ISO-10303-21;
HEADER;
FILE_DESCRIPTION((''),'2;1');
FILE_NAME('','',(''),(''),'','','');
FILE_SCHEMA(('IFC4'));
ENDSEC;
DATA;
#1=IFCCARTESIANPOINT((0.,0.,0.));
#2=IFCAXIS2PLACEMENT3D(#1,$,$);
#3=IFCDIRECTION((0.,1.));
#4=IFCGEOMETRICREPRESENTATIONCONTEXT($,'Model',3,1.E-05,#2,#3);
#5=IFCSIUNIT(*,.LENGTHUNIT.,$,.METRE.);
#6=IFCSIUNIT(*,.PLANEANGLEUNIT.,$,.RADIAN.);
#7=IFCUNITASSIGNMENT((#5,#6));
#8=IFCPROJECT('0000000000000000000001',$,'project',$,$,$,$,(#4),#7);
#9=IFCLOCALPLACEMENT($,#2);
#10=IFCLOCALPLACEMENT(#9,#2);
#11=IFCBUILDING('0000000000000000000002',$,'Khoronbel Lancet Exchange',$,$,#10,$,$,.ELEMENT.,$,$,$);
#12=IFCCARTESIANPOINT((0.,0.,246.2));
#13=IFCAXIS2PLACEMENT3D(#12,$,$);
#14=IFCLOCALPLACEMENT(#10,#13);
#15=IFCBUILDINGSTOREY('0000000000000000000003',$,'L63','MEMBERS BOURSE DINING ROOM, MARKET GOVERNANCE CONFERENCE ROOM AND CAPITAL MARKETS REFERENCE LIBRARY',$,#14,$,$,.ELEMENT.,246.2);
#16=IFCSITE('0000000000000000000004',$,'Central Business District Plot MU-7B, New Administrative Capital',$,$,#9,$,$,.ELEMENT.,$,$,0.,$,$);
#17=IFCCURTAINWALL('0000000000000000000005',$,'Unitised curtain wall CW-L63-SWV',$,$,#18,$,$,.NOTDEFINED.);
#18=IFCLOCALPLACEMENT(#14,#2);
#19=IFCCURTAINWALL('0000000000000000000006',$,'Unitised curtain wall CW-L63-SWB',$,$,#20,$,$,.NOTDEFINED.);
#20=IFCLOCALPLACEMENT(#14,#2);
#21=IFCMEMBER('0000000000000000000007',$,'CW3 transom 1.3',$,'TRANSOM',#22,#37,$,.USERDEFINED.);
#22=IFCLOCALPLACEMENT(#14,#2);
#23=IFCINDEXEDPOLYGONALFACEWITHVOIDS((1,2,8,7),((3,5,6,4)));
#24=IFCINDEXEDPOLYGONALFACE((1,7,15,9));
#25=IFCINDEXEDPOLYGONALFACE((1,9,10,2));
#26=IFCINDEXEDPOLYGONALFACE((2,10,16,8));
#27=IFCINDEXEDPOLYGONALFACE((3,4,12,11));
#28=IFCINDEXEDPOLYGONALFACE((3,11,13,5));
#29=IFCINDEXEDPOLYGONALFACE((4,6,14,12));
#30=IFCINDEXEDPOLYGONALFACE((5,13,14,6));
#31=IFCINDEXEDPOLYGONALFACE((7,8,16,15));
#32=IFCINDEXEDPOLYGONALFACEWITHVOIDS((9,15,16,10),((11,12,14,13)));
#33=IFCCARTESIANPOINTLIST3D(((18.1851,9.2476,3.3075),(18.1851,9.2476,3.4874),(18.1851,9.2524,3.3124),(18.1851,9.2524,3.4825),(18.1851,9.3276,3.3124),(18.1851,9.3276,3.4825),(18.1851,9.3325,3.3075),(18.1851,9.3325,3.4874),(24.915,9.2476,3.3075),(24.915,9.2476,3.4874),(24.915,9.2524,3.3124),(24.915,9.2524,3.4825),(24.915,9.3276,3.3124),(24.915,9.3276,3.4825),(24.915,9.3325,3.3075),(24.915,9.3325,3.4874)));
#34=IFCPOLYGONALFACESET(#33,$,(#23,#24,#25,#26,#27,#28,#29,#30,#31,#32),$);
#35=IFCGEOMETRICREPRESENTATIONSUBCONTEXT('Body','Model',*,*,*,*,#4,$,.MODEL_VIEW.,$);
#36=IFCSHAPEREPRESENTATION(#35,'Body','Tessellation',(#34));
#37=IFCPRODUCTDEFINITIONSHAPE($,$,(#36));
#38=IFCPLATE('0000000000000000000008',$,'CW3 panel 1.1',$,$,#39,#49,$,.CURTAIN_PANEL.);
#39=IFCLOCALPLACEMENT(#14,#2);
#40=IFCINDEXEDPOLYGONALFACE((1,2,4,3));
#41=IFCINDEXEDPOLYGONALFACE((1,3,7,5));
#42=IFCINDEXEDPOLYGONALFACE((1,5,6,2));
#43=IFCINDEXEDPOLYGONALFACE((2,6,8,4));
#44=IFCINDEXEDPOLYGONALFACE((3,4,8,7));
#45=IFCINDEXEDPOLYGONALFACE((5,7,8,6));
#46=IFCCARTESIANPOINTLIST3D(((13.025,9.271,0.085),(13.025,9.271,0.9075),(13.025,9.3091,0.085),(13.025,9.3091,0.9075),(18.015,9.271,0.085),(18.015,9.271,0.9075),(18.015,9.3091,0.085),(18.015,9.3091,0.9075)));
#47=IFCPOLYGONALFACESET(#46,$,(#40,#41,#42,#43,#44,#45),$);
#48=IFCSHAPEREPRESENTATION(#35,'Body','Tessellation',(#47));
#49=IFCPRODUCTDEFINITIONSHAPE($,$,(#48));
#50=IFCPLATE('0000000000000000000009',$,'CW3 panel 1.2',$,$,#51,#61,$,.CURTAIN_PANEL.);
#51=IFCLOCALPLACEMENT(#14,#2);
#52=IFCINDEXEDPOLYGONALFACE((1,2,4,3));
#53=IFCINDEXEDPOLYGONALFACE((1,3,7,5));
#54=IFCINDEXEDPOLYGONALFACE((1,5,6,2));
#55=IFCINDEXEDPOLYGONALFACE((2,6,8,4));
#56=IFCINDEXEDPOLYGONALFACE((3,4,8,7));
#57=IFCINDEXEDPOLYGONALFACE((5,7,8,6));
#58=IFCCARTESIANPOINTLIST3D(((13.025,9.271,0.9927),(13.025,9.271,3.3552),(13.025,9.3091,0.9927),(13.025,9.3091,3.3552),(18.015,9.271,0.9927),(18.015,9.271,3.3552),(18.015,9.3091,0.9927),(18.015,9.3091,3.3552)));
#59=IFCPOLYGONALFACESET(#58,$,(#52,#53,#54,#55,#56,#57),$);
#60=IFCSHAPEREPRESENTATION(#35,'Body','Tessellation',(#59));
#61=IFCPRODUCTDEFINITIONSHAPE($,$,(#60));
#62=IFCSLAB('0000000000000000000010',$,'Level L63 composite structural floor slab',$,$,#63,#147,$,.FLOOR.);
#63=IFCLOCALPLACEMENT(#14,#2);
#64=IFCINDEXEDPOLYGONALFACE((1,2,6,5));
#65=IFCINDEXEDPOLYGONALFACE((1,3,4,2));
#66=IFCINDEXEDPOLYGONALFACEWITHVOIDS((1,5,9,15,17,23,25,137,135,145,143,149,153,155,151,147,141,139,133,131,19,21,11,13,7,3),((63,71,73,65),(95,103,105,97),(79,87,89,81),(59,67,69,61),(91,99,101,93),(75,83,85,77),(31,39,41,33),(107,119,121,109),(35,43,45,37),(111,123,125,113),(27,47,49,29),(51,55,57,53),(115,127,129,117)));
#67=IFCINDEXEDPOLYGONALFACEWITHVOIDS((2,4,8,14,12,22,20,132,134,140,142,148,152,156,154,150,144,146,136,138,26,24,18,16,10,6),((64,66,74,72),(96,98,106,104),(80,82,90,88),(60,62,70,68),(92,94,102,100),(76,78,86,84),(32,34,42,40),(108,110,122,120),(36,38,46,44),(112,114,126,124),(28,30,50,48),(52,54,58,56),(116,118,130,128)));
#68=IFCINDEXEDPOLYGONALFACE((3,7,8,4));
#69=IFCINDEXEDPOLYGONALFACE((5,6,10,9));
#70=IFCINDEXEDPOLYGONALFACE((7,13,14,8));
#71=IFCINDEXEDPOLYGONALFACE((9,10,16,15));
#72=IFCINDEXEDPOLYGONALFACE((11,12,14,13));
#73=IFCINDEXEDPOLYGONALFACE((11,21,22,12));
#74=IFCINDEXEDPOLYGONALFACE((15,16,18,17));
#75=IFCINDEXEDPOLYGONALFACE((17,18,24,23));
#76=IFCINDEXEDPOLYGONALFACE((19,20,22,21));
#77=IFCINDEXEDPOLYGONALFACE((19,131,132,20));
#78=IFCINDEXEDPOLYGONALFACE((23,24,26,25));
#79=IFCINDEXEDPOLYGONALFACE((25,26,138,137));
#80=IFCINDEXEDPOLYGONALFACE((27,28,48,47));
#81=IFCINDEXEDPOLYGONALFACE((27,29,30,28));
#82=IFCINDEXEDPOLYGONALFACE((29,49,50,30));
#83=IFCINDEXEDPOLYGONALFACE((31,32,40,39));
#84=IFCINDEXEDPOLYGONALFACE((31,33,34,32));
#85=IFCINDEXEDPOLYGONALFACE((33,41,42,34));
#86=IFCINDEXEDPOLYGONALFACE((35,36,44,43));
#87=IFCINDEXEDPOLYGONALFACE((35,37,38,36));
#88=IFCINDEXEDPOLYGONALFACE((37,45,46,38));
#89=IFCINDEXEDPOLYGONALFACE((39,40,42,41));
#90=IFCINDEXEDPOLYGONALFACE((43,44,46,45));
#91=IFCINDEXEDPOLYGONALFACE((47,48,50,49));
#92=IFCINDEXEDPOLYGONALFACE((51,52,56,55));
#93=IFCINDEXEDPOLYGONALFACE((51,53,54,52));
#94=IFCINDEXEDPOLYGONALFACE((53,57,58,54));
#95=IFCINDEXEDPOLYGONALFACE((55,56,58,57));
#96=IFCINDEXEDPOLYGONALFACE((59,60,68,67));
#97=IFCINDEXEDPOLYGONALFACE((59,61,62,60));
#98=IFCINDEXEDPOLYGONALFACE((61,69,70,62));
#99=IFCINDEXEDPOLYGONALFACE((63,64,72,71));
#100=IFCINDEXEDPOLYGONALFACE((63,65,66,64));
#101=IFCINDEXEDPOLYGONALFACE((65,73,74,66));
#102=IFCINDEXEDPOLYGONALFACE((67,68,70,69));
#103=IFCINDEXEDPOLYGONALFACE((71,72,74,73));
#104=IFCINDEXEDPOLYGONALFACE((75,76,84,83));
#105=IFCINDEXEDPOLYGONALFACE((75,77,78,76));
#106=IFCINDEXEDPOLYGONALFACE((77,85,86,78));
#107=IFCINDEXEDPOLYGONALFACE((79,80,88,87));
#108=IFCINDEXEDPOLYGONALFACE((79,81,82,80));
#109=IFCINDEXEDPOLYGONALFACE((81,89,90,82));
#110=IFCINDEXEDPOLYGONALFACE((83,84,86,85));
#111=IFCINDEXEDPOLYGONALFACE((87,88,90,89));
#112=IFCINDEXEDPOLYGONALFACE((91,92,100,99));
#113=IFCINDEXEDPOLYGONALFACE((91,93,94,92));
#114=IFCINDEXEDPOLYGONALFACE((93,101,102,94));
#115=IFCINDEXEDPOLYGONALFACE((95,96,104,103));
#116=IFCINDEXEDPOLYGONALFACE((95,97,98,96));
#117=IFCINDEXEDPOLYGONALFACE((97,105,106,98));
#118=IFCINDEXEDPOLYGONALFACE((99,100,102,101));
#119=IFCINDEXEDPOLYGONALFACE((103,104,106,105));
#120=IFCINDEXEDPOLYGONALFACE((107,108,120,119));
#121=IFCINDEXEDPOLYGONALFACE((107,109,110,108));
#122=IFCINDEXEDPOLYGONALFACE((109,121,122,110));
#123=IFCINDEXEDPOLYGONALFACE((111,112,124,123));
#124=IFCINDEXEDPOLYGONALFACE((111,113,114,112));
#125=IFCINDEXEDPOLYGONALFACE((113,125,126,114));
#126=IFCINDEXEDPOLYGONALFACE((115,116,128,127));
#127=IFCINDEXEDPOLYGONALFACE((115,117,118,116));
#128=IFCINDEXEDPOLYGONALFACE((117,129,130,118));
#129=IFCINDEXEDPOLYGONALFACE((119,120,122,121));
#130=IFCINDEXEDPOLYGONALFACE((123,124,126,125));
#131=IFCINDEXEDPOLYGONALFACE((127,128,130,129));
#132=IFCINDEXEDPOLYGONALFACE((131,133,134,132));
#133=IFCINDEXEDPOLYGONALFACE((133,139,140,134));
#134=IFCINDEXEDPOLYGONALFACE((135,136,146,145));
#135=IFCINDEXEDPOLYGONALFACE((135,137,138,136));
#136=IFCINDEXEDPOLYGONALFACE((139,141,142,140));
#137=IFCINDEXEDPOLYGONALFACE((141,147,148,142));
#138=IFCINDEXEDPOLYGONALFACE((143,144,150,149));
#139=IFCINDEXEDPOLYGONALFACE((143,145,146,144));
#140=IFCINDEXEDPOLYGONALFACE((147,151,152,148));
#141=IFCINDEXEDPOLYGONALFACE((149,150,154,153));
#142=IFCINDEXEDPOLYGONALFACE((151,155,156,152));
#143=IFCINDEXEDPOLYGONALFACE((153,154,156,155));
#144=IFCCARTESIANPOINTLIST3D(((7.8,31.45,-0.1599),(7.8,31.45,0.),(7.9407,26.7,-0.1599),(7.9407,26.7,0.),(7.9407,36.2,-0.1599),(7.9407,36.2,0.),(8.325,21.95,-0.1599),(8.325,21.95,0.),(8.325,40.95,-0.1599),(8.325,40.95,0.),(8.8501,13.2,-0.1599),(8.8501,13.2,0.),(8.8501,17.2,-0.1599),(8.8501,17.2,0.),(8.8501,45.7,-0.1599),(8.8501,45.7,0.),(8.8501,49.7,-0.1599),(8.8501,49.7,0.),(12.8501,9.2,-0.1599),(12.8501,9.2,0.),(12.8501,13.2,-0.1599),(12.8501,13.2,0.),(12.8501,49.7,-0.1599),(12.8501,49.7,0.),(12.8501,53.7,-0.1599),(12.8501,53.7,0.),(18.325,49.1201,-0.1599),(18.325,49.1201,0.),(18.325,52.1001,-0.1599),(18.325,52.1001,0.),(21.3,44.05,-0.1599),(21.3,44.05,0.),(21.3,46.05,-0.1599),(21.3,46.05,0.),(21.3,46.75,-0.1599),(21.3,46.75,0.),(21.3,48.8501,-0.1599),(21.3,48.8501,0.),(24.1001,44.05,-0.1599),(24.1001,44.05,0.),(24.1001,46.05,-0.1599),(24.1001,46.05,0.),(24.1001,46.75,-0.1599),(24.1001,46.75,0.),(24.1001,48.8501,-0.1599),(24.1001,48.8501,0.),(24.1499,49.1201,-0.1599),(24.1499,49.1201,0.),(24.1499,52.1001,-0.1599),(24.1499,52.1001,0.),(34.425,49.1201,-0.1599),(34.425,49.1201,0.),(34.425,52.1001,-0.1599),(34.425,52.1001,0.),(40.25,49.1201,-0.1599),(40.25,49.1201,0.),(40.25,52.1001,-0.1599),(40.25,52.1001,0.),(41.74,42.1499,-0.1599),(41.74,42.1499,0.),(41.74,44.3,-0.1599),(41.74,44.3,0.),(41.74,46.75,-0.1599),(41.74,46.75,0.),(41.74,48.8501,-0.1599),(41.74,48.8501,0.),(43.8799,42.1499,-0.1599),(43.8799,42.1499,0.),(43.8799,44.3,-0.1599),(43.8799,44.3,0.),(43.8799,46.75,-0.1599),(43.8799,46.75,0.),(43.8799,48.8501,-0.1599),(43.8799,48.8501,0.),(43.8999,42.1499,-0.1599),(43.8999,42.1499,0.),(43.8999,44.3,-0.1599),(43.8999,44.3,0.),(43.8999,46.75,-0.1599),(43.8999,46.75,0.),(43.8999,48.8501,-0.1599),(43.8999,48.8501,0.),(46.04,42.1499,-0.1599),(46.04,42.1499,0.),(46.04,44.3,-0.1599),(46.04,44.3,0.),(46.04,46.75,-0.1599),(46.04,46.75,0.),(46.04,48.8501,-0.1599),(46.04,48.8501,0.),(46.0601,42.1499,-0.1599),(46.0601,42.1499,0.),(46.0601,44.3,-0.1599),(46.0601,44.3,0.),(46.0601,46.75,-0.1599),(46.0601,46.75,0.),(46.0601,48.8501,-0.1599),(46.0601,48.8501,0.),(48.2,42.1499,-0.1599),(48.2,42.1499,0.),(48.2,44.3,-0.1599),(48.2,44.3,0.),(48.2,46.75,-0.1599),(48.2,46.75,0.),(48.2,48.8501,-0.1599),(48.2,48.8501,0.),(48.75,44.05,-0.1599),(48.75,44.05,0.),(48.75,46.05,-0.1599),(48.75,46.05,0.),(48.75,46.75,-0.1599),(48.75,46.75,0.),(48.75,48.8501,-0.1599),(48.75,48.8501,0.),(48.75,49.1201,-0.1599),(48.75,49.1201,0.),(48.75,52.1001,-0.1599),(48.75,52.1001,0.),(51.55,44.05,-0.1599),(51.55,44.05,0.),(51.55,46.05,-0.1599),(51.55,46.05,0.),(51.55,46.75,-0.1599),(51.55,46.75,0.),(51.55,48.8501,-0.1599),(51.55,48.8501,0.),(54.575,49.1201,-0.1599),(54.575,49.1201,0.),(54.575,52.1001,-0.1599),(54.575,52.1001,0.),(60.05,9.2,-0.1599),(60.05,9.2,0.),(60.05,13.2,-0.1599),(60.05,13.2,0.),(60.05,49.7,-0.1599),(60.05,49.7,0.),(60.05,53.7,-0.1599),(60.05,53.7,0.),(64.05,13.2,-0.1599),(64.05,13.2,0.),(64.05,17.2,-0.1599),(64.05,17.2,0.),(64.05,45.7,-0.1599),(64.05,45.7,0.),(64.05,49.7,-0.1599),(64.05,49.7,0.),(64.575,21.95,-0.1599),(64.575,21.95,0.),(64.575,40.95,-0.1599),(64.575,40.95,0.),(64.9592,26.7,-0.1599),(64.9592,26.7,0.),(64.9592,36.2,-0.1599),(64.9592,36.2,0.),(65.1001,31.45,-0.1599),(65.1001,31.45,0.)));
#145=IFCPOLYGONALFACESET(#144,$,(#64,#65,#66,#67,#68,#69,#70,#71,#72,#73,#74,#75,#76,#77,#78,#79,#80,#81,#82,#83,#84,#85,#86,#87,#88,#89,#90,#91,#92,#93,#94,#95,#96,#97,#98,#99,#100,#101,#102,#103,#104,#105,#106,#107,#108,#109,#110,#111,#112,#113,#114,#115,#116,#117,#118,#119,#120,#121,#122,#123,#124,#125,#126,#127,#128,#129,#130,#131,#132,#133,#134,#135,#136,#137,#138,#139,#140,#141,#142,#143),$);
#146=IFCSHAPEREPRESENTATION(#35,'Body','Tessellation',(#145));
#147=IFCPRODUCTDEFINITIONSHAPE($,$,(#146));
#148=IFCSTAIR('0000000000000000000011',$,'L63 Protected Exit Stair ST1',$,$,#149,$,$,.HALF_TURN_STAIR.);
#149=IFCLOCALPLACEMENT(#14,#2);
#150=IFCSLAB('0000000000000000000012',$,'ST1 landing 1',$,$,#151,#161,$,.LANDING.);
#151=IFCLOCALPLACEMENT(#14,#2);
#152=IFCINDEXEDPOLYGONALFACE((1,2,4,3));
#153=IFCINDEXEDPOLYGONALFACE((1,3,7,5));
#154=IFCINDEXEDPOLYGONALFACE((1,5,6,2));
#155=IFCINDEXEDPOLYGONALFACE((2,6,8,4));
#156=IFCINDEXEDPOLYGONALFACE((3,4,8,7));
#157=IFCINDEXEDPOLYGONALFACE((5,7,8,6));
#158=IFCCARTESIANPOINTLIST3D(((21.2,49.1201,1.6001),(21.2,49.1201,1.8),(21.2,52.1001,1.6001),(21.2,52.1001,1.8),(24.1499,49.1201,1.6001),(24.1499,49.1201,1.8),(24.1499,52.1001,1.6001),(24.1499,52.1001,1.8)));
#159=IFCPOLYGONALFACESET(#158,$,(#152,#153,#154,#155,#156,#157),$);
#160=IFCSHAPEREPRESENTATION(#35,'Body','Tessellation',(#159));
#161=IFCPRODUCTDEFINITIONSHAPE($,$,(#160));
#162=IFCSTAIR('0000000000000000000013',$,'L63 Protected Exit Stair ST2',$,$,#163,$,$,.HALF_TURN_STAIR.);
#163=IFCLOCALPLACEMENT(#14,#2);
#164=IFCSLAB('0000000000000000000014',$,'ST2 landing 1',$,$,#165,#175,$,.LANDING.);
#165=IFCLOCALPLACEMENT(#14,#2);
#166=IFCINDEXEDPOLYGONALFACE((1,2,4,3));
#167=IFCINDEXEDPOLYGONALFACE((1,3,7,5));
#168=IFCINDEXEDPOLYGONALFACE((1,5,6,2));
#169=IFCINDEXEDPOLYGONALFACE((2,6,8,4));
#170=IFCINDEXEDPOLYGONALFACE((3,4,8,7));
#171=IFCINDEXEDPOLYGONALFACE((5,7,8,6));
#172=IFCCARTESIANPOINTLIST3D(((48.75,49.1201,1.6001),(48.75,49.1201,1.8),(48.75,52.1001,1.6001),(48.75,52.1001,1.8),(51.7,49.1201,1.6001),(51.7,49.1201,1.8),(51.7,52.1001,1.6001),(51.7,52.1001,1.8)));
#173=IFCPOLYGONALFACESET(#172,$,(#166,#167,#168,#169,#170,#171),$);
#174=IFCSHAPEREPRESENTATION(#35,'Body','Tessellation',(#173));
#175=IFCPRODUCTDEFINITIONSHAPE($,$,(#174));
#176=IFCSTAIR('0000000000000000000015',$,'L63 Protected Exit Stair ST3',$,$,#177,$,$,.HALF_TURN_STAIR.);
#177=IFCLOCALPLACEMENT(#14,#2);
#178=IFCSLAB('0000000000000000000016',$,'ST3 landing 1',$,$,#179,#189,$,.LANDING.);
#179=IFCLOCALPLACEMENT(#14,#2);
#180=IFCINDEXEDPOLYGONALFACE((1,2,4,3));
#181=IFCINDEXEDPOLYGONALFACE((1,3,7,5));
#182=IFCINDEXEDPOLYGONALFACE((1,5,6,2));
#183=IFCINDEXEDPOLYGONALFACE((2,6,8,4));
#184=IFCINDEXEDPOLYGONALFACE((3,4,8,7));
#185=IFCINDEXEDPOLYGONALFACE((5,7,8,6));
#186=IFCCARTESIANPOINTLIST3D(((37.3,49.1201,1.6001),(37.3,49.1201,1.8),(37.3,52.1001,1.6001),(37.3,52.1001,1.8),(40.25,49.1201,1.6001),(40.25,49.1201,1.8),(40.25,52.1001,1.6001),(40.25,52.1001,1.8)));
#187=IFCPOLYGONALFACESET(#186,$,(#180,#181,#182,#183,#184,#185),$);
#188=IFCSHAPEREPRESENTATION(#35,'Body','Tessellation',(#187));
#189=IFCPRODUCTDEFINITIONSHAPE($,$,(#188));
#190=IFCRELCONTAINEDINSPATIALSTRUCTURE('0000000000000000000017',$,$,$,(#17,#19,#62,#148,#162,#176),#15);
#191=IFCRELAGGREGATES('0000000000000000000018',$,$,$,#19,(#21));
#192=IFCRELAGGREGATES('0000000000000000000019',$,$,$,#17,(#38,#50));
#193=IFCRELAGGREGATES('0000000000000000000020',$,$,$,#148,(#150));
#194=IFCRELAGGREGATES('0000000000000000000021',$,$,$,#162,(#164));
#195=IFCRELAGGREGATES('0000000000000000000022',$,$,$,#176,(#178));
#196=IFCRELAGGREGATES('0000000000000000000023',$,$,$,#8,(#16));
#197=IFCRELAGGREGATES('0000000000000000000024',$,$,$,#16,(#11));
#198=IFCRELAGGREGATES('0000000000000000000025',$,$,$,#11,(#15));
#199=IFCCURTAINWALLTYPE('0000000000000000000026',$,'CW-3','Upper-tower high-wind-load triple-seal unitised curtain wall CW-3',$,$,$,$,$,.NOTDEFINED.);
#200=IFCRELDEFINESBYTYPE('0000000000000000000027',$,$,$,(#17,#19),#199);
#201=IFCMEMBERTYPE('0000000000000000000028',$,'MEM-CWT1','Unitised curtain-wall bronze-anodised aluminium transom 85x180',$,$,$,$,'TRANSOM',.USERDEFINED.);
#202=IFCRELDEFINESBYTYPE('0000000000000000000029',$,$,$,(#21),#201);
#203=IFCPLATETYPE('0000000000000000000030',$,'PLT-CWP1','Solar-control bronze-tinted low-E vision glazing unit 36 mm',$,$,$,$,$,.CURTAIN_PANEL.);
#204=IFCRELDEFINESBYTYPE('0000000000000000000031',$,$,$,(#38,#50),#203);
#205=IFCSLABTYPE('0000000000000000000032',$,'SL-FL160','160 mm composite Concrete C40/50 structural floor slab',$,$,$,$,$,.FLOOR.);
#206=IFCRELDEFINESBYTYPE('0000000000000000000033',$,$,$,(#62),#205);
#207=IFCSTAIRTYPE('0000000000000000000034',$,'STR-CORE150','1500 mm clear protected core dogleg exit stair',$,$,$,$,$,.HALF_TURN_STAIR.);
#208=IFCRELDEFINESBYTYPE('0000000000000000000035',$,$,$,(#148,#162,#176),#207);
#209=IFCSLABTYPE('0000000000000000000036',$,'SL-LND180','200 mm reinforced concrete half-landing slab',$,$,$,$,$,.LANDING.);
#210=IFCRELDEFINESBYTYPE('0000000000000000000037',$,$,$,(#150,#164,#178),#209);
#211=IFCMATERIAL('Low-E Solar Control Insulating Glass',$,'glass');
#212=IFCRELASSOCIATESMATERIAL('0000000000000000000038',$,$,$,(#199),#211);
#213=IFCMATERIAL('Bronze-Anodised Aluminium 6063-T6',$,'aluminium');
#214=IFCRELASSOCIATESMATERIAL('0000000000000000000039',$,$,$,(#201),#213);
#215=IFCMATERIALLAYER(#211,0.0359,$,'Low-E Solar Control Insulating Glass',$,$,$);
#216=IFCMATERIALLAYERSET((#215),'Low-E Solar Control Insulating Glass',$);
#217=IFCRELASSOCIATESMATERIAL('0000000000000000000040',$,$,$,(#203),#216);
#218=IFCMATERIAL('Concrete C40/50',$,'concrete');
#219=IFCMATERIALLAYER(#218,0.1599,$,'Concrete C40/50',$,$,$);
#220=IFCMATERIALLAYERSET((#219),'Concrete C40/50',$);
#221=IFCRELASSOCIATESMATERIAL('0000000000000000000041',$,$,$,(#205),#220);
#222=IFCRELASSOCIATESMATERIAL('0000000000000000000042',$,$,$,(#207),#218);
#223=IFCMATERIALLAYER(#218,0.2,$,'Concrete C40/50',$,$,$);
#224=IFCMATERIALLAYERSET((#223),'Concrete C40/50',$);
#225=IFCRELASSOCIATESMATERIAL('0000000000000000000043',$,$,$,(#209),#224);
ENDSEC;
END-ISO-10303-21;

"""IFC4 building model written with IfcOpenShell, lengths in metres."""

from ifc_helpers import new_model, si_unit, direction, frame, origin, origin_2d, place, context, subcontext, project, spatial, polyline, rectangle, hollow_rectangle, outline, extrude, material, layer, layer_set, material_profile, profile_set, type_object, element, aggregate, save


model = new_model("IFC4")

# Units and contexts
model_context = context("Model", 3, precision=1e-05, world=origin(), true_north=direction((0.0, 1.0)))
body_context = subcontext(model_context, "Body", "Model", "MODEL_VIEW")
ifc_project = project(units=[si_unit("LENGTHUNIT", "METRE"), si_unit("PLANEANGLEUNIT", "RADIAN")], contexts=[model_context])

# Site, building, storey
site_placement = place(None, origin())
site = spatial("IfcSite", under=ifc_project, at=site_placement, Name="Central Business District Plot MU-7B, New Administrative Capital", CompositionType="ELEMENT", RefElevation=0.0)
building_placement = place(site_placement, origin())
building = spatial("IfcBuilding", under=site, at=building_placement, Name="Khoronbel Lancet Exchange", CompositionType="ELEMENT")
storey_placement = place(building_placement, frame((0.0, 0.0, 246.2)))
storey = spatial("IfcBuildingStorey", under=building, at=storey_placement, Name="L63", Description="MEMBERS BOURSE DINING ROOM, MARKET GOVERNANCE CONFERENCE ROOM AND CAPITAL MARKETS REFERENCE LIBRARY", CompositionType="ELEMENT", Elevation=246.2)

# Curtain wall
ifc_material_1 = material(Name="Low-E Solar Control Insulating Glass", Category="glass")
curtain_wall_type = type_object("IfcCurtainWallType", Name="CW-3", Description="Upper-tower high-wind-load triple-seal unitised curtain wall CW-3", PredefinedType="NOTDEFINED", material=ifc_material_1)
curtain_wall_1_placement = place(storey_placement, origin())
curtain_wall_1 = element("IfcCurtainWall", 1, at=curtain_wall_1_placement, inside=storey, type_object=curtain_wall_type, Name="Unitised curtain wall CW-L63-SWV", PredefinedType="NOTDEFINED")
ifc_material_2 = material(Name="Bronze-Anodised Aluminium 6063-T6", Category="aluminium")

# Curtain wall
curtain_wall_2_placement = place(storey_placement, origin())
curtain_wall_2 = element("IfcCurtainWall", 2, at=curtain_wall_2_placement, inside=storey, type_object=curtain_wall_type, Name="Unitised curtain wall CW-L63-SWB", PredefinedType="NOTDEFINED")

# Member
ifc_material_profile_1 = material_profile(ifc_material_2, hollow_rectangle(XDim=0.085, YDim=0.1799, WallThickness=0.0049, at=origin_2d()), Name="ALU TRANSOM 85x180")
ifc_profile_set_1 = profile_set([ifc_material_profile_1], Name="Bronze-Anodised Aluminium 6063-T6")
member_type_1 = type_object("IfcMemberType", Name="MEM-CWT1", Description="Unitised curtain-wall bronze-anodised aluminium transom 85x180", ElementType="TRANSOM", PredefinedType="USERDEFINED", material=ifc_profile_set_1)
member_1_placement = place(storey_placement, frame((18.1851, 9.29, 3.3975), z_axis=(1.0, 0.0, 0.0), x_axis=(0.0, 1.0, 0.0)))
member_1 = element("IfcMember", 3, at=member_1_placement, type_object=member_type_1, Name="CW3 transom 1.3", ObjectType="TRANSOM", PredefinedType="USERDEFINED", context=body_context, shape_type="SweptSolid", body=[
    extrude(hollow_rectangle(XDim=0.085, YDim=0.1799, WallThickness=0.0049, at=origin_2d()), origin(), (0.0, 0.0, 1.0), 6.73),
])
aggregate(curtain_wall_2, [member_1])

# Plates
ifc_layer_1 = layer(ifc_material_1, 0.0359, Name="Low-E Solar Control Insulating Glass")
ifc_layer_set_1 = layer_set([ifc_layer_1], Name="Low-E Solar Control Insulating Glass")
plate_type = type_object("IfcPlateType", Name="PLT-CWP1", Description="Solar-control bronze-tinted low-E vision glazing unit 36 mm", PredefinedType="CURTAIN_PANEL", material=ifc_layer_set_1)
plate_1_placement = place(storey_placement, frame((15.52, 9.29, 0.085), z_axis=(0.0, 0.0, 1.0), x_axis=(1.0, 0.0, 0.0)))
plate_1 = element("IfcPlate", 4, at=plate_1_placement, type_object=plate_type, Name="CW3 panel 1.1", PredefinedType="CURTAIN_PANEL", context=body_context, shape_type="SweptSolid", body=[
    extrude(rectangle(XDim=4.99, YDim=0.0381, at=origin_2d()), origin(), (0.0, 0.0, 1.0), 0.8225),
])
plate_2_placement = place(storey_placement, frame((15.52, 9.29, 0.9927), z_axis=(0.0, 0.0, 1.0), x_axis=(1.0, 0.0, 0.0)))
plate_2 = element("IfcPlate", 5, at=plate_2_placement, type_object=plate_type, Name="CW3 panel 1.2", PredefinedType="CURTAIN_PANEL", context=body_context, shape_type="SweptSolid", body=[
    extrude(rectangle(XDim=4.99, YDim=0.0381, at=origin_2d()), origin(), (0.0, 0.0, 1.0), 2.3625),
])
aggregate(curtain_wall_1, [plate_1, plate_2])

# Slab
ifc_material_3 = material(Name="Concrete C40/50", Category="concrete")
ifc_layer_2 = layer(ifc_material_3, 0.1599, Name="Concrete C40/50")
ifc_layer_set_2 = layer_set([ifc_layer_2], Name="Concrete C40/50")
slab_type_1 = type_object("IfcSlabType", Name="SL-FL160", Description="160 mm composite Concrete C40/50 structural floor slab", PredefinedType="FLOOR", material=ifc_layer_set_2)
slab_1_placement = place(storey_placement, frame((0.0, 0.0, -0.1599)))
element("IfcSlab", 6, at=slab_1_placement, inside=storey, type_object=slab_type_1, Name="Level L63 composite structural floor slab", PredefinedType="FLOOR", context=body_context, shape_type="SweptSolid", body=[
    extrude(outline(polyline([(12.8501, 9.2), (60.05, 9.2), (60.05, 13.2), (64.05, 13.2), (64.05, 17.2), (64.575, 21.95), (64.9592, 26.7), (65.1001, 31.45), (64.9592, 36.2), (64.575, 40.95), (64.05, 45.7), (64.05, 49.7), (60.05, 49.7), (60.05, 53.7), (12.8501, 53.7), (12.8501, 49.7), (8.8501, 49.7), (8.8501, 45.7), (8.325, 40.95), (7.9407, 36.2), (7.8, 31.45), (7.9407, 26.7), (8.325, 21.95), (8.8501, 17.2), (8.8501, 13.2), (12.8501, 13.2), (12.8501, 9.2)]), holes=[polyline([(18.325, 49.1201), (24.1499, 49.1201), (24.1499, 52.1001), (18.325, 52.1001), (18.325, 49.1201)]), polyline([(48.75, 49.1201), (54.575, 49.1201), (54.575, 52.1001), (48.75, 52.1001), (48.75, 49.1201)]), polyline([(34.425, 49.1201), (40.25, 49.1201), (40.25, 52.1001), (34.425, 52.1001), (34.425, 49.1201)]), polyline([(41.74, 46.75), (43.8799, 46.75), (43.8799, 48.8501), (41.74, 48.8501), (41.74, 46.75)]), polyline([(43.8999, 46.75), (46.04, 46.75), (46.04, 48.8501), (43.8999, 48.8501), (43.8999, 46.75)]), polyline([(46.0601, 46.75), (48.2, 46.75), (48.2, 48.8501), (46.0601, 48.8501), (46.0601, 46.75)]), polyline([(41.74, 42.1499), (43.8799, 42.1499), (43.8799, 44.3), (41.74, 44.3), (41.74, 42.1499)]), polyline([(43.8999, 42.1499), (46.04, 42.1499), (46.04, 44.3), (43.8999, 44.3), (43.8999, 42.1499)]), polyline([(46.0601, 42.1499), (48.2, 42.1499), (48.2, 44.3), (46.0601, 44.3), (46.0601, 42.1499)]), polyline([(21.3, 46.75), (24.1001, 46.75), (24.1001, 48.8501), (21.3, 48.8501), (21.3, 46.75)]), polyline([(48.75, 46.75), (51.55, 46.75), (51.55, 48.8501), (48.75, 48.8501), (48.75, 46.75)]), polyline([(21.3, 44.05), (24.1001, 44.05), (24.1001, 46.05), (21.3, 46.05), (21.3, 44.05)]), polyline([(48.75, 44.05), (51.55, 44.05), (51.55, 46.05), (48.75, 46.05), (48.75, 44.05)])]), origin(), (0.0, 0.0, 1.0), 0.1599),
])

# Stairs, slabs
stair_type = type_object("IfcStairType", Name="STR-CORE150", Description="1500 mm clear protected core dogleg exit stair", PredefinedType="HALF_TURN_STAIR", material=ifc_material_3)
stair_1_placement = place(storey_placement, origin())
stair_1 = element("IfcStair", 7, at=stair_1_placement, inside=storey, type_object=stair_type, Name="L63 Protected Exit Stair ST1", PredefinedType="HALF_TURN_STAIR")
ifc_layer_3 = layer(ifc_material_3, 0.2, Name="Concrete C40/50")
ifc_layer_set_3 = layer_set([ifc_layer_3], Name="Concrete C40/50")
slab_type_2 = type_object("IfcSlabType", Name="SL-LND180", Description="200 mm reinforced concrete half-landing slab", PredefinedType="LANDING", material=ifc_layer_set_3)
slab_2_placement = place(storey_placement, frame((0.0, 0.0, 1.6001)))
slab_2 = element("IfcSlab", 8, at=slab_2_placement, type_object=slab_type_2, Name="ST1 landing 1", PredefinedType="LANDING", context=body_context, shape_type="SweptSolid", body=[
    extrude(outline(polyline([(21.2, 49.1201), (24.1499, 49.1201), (24.1499, 52.1001), (21.2, 52.1001), (21.2, 49.1201)])), origin(), (0.0, 0.0, 1.0), 0.2),
])
aggregate(stair_1, [slab_2])
stair_2_placement = place(storey_placement, origin())
stair_2 = element("IfcStair", 9, at=stair_2_placement, inside=storey, type_object=stair_type, Name="L63 Protected Exit Stair ST2", PredefinedType="HALF_TURN_STAIR")
slab_3_placement = place(storey_placement, frame((0.0, 0.0, 1.6001)))
slab_3 = element("IfcSlab", 10, at=slab_3_placement, type_object=slab_type_2, Name="ST2 landing 1", PredefinedType="LANDING", context=body_context, shape_type="SweptSolid", body=[
    extrude(outline(polyline([(51.7, 52.1001), (48.75, 52.1001), (48.75, 49.1201), (51.7, 49.1201), (51.7, 52.1001)])), origin(), (0.0, 0.0, 1.0), 0.2),
])
aggregate(stair_2, [slab_3])
stair_3_placement = place(storey_placement, origin())
stair_3 = element("IfcStair", 11, at=stair_3_placement, inside=storey, type_object=stair_type, Name="L63 Protected Exit Stair ST3", PredefinedType="HALF_TURN_STAIR")
slab_4_placement = place(storey_placement, frame((0.0, 0.0, 1.6001)))
slab_4 = element("IfcSlab", 12, at=slab_4_placement, type_object=slab_type_2, Name="ST3 landing 1", PredefinedType="LANDING", context=body_context, shape_type="SweptSolid", body=[
    extrude(outline(polyline([(37.3, 49.1201), (40.25, 49.1201), (40.25, 52.1001), (37.3, 52.1001), (37.3, 49.1201)])), origin(), (0.0, 0.0, 1.0), 0.2),
])
aggregate(stair_3, [slab_4])

save(model, "model.ifc")
